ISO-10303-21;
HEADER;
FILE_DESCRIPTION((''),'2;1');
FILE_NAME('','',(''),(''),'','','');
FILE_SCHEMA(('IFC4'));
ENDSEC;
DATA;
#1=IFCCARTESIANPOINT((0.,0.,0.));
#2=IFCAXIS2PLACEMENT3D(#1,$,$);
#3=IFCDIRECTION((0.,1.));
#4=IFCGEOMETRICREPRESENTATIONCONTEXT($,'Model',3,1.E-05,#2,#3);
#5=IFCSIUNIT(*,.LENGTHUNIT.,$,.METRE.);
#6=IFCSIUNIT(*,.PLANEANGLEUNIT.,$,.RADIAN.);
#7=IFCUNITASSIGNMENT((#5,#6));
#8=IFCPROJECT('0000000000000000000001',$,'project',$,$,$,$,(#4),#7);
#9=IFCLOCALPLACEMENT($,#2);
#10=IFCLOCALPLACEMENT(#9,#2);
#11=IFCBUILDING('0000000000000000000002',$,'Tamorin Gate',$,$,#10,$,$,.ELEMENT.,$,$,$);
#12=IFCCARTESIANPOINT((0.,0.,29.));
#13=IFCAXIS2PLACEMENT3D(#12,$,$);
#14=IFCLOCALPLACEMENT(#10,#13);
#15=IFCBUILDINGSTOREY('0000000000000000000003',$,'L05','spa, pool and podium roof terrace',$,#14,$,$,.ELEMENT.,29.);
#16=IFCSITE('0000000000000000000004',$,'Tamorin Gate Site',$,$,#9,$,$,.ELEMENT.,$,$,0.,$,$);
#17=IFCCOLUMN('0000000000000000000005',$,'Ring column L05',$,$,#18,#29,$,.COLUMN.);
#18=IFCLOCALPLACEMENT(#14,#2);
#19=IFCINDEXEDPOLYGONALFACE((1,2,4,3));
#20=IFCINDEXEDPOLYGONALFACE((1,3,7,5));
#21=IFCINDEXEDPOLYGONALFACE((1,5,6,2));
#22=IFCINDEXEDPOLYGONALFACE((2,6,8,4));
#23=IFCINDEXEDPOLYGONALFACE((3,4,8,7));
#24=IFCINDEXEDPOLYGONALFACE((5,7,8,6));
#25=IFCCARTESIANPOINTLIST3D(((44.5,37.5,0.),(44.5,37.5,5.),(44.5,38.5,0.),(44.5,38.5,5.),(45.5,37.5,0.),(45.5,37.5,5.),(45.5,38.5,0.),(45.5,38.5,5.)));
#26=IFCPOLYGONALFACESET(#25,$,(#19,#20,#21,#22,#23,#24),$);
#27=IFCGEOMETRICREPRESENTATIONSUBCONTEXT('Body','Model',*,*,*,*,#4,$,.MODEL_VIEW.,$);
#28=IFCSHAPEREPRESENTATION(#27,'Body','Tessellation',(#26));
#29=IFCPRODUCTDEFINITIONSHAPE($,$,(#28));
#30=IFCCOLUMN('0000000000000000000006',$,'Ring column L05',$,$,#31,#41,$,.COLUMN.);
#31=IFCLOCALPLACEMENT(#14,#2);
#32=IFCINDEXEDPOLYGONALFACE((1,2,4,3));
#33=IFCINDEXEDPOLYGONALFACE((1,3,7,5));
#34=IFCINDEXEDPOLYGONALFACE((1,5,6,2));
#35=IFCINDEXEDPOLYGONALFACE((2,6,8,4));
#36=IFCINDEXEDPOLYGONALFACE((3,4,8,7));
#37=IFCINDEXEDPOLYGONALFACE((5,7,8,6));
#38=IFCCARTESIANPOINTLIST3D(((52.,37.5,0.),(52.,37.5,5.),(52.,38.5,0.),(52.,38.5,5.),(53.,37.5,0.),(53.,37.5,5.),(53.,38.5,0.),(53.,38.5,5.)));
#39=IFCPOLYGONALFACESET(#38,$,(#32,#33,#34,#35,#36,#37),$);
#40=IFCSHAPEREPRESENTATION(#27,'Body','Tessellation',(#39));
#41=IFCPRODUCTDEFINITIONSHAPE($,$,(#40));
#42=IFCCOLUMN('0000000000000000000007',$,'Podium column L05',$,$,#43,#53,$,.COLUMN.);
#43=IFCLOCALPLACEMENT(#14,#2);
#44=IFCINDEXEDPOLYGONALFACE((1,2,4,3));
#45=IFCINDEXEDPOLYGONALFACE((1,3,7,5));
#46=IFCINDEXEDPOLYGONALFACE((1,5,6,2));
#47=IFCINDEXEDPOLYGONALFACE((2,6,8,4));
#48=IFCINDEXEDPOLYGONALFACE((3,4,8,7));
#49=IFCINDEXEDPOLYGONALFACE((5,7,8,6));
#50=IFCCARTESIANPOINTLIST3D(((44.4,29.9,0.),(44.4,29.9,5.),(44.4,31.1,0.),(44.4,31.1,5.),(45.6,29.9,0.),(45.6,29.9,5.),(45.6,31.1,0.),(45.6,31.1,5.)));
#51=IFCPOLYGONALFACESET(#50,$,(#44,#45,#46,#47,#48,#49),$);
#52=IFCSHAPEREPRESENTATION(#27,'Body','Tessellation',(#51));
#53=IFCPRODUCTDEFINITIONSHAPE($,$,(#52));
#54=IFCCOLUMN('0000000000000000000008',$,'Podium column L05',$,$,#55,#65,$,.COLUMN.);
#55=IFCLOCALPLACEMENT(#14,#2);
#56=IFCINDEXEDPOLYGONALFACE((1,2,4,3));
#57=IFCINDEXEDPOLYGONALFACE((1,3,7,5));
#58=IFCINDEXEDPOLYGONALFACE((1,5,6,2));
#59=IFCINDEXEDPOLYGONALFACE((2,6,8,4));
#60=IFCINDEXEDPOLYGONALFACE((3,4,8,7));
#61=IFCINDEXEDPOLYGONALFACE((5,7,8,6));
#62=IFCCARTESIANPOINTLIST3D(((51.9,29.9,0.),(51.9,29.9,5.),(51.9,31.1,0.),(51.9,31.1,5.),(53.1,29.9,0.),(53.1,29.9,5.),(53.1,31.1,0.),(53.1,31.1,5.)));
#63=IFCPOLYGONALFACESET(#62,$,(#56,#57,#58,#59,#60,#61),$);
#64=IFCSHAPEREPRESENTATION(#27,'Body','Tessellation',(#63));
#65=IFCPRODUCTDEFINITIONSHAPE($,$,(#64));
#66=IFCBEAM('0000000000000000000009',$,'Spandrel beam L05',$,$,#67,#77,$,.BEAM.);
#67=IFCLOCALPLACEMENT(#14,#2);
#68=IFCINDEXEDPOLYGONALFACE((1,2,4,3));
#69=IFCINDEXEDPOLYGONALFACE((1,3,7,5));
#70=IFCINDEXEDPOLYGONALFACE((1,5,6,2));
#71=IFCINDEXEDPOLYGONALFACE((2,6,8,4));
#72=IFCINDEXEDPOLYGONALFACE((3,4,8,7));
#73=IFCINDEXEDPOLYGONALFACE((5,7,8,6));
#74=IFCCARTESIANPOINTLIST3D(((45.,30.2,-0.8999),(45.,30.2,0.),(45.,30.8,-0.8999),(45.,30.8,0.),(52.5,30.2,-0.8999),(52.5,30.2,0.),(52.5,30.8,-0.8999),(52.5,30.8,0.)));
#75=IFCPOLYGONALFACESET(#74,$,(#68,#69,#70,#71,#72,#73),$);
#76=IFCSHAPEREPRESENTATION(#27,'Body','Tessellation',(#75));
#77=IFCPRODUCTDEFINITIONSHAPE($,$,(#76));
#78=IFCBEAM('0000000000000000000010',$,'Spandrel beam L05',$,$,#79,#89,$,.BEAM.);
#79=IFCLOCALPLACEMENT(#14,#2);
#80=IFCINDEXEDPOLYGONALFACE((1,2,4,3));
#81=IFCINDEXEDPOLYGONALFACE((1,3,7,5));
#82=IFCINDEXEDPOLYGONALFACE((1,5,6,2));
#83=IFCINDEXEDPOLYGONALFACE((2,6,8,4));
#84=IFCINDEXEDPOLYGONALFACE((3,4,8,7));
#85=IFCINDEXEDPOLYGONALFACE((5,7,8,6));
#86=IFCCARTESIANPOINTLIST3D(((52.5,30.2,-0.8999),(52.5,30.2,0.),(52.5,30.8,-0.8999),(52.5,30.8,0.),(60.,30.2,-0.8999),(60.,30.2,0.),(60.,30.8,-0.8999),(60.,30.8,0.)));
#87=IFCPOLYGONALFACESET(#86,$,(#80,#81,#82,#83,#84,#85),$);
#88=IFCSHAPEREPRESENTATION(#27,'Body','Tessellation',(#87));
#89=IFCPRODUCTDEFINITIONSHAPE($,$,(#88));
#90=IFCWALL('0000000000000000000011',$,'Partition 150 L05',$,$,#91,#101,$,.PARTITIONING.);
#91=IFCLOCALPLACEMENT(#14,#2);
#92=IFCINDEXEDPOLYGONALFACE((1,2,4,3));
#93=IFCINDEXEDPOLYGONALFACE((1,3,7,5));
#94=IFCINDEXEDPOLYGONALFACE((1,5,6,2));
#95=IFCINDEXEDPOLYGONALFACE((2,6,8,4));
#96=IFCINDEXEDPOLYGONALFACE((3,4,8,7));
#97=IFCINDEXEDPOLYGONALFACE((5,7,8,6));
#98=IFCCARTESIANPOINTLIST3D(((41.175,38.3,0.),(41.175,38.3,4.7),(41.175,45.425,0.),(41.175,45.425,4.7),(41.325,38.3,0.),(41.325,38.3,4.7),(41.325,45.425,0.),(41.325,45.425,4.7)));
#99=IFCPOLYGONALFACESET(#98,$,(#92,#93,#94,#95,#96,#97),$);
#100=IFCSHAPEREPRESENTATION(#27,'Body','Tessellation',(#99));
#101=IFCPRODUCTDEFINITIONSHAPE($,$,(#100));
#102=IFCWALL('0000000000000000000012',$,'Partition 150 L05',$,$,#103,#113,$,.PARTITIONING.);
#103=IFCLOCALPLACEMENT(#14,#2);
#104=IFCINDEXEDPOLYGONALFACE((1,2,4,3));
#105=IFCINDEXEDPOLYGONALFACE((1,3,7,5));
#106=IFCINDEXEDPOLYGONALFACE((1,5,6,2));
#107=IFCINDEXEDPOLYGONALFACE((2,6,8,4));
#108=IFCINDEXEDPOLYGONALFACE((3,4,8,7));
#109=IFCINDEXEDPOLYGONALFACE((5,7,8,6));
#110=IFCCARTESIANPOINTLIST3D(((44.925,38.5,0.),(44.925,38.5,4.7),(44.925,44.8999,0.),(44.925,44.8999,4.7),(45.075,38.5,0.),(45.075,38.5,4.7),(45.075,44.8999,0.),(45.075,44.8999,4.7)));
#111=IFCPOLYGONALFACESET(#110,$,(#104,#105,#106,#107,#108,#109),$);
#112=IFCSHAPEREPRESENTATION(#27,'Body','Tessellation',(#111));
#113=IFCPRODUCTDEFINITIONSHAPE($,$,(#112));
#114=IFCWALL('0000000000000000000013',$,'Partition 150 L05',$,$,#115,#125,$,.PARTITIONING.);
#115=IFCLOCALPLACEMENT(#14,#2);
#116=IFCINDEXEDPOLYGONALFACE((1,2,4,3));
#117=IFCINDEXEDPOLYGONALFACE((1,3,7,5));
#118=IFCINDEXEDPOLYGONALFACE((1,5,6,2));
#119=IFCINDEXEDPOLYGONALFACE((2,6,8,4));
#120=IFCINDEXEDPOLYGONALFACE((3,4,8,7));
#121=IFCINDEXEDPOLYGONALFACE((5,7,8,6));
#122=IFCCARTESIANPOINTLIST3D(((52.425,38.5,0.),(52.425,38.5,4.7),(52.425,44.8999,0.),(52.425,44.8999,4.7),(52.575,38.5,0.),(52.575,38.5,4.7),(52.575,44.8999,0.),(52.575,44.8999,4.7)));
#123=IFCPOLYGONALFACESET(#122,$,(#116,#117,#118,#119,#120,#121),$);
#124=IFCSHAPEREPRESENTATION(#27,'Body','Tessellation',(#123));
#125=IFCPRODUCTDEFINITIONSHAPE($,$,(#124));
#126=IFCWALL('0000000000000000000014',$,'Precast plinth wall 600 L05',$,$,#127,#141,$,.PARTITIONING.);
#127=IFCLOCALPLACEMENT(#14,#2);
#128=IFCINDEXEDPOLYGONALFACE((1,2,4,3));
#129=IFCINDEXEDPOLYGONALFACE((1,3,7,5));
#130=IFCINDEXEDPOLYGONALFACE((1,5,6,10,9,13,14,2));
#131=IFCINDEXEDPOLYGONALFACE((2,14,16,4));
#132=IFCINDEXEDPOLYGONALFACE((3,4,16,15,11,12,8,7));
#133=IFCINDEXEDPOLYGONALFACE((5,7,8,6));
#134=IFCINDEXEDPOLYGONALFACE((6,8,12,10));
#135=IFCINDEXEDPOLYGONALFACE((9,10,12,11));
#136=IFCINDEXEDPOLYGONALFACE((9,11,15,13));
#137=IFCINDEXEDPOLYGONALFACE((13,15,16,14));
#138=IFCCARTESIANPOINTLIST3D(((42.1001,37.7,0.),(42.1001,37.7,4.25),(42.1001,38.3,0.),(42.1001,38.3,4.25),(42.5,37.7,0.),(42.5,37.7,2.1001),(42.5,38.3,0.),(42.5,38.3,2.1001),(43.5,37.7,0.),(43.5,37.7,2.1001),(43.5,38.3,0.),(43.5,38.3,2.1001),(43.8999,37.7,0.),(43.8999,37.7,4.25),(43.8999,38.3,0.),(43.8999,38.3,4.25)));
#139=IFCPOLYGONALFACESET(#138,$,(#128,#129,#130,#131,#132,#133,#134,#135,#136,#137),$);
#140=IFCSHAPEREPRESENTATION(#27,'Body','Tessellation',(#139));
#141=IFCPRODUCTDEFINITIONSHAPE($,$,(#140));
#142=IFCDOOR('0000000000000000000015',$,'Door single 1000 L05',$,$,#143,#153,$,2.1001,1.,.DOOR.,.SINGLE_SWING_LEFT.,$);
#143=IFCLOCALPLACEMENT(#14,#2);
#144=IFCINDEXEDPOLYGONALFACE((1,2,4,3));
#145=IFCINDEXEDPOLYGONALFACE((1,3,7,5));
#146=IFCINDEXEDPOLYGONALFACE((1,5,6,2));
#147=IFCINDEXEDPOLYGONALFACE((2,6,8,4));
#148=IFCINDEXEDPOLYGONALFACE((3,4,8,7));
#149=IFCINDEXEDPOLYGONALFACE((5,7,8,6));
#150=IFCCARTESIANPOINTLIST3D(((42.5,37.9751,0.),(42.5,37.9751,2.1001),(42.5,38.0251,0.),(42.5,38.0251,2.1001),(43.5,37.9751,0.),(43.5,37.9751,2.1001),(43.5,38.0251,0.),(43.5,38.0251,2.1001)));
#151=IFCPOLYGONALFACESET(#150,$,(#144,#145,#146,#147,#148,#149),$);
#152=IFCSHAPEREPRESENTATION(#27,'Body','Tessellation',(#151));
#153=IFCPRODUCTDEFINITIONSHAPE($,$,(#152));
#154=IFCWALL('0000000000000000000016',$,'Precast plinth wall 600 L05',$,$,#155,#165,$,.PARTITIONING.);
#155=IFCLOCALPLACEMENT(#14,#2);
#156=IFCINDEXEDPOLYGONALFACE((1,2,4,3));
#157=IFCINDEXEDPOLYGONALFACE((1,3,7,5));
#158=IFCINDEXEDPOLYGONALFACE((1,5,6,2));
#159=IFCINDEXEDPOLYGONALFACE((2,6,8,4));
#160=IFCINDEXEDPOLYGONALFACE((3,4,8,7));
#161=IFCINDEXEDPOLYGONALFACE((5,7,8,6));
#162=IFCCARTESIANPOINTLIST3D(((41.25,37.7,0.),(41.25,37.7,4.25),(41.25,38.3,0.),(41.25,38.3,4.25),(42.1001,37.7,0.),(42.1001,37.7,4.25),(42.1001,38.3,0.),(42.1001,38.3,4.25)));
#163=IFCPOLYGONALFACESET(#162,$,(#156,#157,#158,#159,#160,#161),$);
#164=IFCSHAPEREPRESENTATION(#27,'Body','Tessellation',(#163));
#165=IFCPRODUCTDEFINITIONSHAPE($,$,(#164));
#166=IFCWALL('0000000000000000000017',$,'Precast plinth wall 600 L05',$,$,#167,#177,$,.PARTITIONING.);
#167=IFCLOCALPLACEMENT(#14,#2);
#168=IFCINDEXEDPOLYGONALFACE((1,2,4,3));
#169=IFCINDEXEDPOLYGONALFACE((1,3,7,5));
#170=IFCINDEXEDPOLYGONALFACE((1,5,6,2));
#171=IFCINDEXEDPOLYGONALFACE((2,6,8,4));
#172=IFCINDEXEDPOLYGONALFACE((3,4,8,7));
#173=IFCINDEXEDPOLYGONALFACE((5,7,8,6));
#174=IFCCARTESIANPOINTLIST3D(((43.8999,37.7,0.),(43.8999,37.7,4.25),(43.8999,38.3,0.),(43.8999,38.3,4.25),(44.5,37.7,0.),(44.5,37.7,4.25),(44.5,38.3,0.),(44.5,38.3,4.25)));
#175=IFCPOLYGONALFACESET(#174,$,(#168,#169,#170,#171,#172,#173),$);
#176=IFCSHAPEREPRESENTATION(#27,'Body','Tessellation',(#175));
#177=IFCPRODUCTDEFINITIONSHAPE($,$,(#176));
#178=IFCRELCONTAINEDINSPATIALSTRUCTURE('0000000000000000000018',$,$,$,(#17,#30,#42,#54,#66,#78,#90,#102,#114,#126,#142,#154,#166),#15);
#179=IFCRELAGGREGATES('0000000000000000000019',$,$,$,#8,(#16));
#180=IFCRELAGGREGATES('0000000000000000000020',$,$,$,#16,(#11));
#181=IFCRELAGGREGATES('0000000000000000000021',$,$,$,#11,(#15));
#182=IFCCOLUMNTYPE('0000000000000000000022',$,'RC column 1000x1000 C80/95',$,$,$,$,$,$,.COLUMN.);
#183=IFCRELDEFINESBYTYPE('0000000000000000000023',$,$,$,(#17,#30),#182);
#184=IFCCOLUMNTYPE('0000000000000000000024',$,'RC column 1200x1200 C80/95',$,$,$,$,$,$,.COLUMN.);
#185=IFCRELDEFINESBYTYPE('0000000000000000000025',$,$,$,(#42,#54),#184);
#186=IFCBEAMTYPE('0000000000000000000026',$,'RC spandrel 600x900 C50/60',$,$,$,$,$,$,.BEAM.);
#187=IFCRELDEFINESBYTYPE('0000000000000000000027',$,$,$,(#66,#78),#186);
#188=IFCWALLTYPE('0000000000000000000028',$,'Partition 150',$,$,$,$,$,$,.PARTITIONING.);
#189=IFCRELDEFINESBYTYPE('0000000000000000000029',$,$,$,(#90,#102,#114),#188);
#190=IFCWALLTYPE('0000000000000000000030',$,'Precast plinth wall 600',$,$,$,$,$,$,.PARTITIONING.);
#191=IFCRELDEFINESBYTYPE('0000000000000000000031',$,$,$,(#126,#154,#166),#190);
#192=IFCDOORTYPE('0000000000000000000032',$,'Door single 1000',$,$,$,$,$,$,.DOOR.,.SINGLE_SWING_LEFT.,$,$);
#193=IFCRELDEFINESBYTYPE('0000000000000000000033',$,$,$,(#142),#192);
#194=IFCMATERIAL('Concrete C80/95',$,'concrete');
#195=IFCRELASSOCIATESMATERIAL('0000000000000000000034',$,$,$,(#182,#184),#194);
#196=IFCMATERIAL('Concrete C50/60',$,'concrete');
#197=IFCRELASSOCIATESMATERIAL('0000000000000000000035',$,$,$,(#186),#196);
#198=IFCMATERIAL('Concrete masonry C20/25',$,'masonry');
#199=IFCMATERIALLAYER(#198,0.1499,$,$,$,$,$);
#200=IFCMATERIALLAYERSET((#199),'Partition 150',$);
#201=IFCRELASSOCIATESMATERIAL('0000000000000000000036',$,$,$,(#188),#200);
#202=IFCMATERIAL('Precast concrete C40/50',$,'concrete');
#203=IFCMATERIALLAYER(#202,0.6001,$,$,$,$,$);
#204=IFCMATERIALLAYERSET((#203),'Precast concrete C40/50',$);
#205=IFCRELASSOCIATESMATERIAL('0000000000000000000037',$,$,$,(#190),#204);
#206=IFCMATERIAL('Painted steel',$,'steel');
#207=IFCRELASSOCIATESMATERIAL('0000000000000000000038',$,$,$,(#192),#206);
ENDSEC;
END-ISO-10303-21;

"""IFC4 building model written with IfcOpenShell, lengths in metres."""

from ifc_helpers import new_model, si_unit, direction, frame, frame_2d, origin, origin_2d, place, context, subcontext, project, spatial, rectangle, extrude, material, layer, layer_set, material_profile, profile_set, type_object, element, fill, save


model = new_model("IFC4")

# Units and contexts
model_context = context("Model", 3, precision=1e-05, world=origin(), true_north=direction((0.0, 1.0)))
body_context = subcontext(model_context, "Body", "Model", "MODEL_VIEW")
ifc_project = project(units=[si_unit("LENGTHUNIT", "METRE"), si_unit("PLANEANGLEUNIT", "RADIAN")], contexts=[model_context])

# Site, building, storey
site_placement = place(None, origin())
site = spatial("IfcSite", under=ifc_project, at=site_placement, Name="Tamorin Gate Site", CompositionType="ELEMENT", RefElevation=0.0)
building_placement = place(site_placement, origin())
building = spatial("IfcBuilding", under=site, at=building_placement, Name="Tamorin Gate", CompositionType="ELEMENT")
storey_placement = place(building_placement, frame((0.0, 0.0, 29.0)))
storey = spatial("IfcBuildingStorey", under=building, at=storey_placement, Name="L05", Description="spa, pool and podium roof terrace", CompositionType="ELEMENT", Elevation=29.0)

# Columns
ifc_material_1 = material(Name="Concrete C80/95", Category="concrete")
ifc_material_profile_1 = material_profile(ifc_material_1, rectangle(XDim=1.0, YDim=1.0, at=origin_2d()), Name="RC 1000x1000")
ifc_profile_set_1 = profile_set([ifc_material_profile_1], Name="Concrete C80/95")
column_type_1 = type_object("IfcColumnType", Name="RC column 1000x1000 C80/95", PredefinedType="COLUMN", material=ifc_profile_set_1)
for number, where, z_axis, x_axis, name in (
    (1, (45.0, 38.0, 0.0), (0.0, 0.0, 1.0), (1.0, 0.0, 0.0), "Ring column L05"),
    (2, (52.5, 38.0, 0.0), (0.0, 0.0, 1.0), (1.0, 0.0, 0.0), "Ring column L05"),
):
    element("IfcColumn", number, at=place(storey_placement, frame(where, z_axis=z_axis, x_axis=x_axis)), inside=storey, type_object=column_type_1, Name=name, PredefinedType="COLUMN", context=body_context, shape_type="SweptSolid", body=[
        extrude(rectangle(XDim=1.0, YDim=1.0, at=origin_2d()), origin(), (0.0, 0.0, 1.0), 5.0),
    ])
ifc_material_profile_2 = material_profile(ifc_material_1, rectangle(XDim=1.2, YDim=1.2, at=origin_2d()), Name="RC 1200x1200")
ifc_profile_set_2 = profile_set([ifc_material_profile_2], Name="Concrete C80/95")
column_type_2 = type_object("IfcColumnType", Name="RC column 1200x1200 C80/95", PredefinedType="COLUMN", material=ifc_profile_set_2)
for number, where, z_axis, x_axis, name in (
    (3, (45.0, 30.5, 0.0), (0.0, 0.0, 1.0), (1.0, 0.0, 0.0), "Podium column L05"),
    (4, (52.5, 30.5, 0.0), (0.0, 0.0, 1.0), (1.0, 0.0, 0.0), "Podium column L05"),
):
    element("IfcColumn", number, at=place(storey_placement, frame(where, z_axis=z_axis, x_axis=x_axis)), inside=storey, type_object=column_type_2, Name=name, PredefinedType="COLUMN", context=body_context, shape_type="SweptSolid", body=[
        extrude(rectangle(XDim=1.2, YDim=1.2, at=origin_2d()), origin(), (0.0, 0.0, 1.0), 5.0),
    ])

# Beams
ifc_material_2 = material(Name="Concrete C50/60", Category="concrete")
ifc_material_profile_3 = material_profile(ifc_material_2, rectangle(XDim=0.6001, YDim=0.8999, at=origin_2d()), Name="RC 600x900")
ifc_profile_set_3 = profile_set([ifc_material_profile_3], Name="Concrete C50/60")
beam_type = type_object("IfcBeamType", Name="RC spandrel 600x900 C50/60", PredefinedType="BEAM", material=ifc_profile_set_3)
for number, where, z_axis, x_axis, name in (
    (5, (45.0, 30.5, -0.45), (1.0, 0.0, 0.0), (0.0, 1.0, 0.0), "Spandrel beam L05"),
    (6, (52.5, 30.5, -0.45), (1.0, 0.0, 0.0), (0.0, 1.0, 0.0), "Spandrel beam L05"),
):
    element("IfcBeam", number, at=place(storey_placement, frame(where, z_axis=z_axis, x_axis=x_axis)), inside=storey, type_object=beam_type, Name=name, PredefinedType="BEAM", context=body_context, shape_type="SweptSolid", body=[
        extrude(rectangle(XDim=0.6001, YDim=0.8999, at=origin_2d()), origin(), (0.0, 0.0, 1.0), 7.5),
    ])

# Walls
ifc_material_3 = material(Name="Concrete masonry C20/25", Category="masonry")
ifc_layer_1 = layer(ifc_material_3, 0.1499)
ifc_layer_set_1 = layer_set([ifc_layer_1], Name="Partition 150")
wall_type_1 = type_object("IfcWallType", Name="Partition 150", PredefinedType="PARTITIONING", material=ifc_layer_set_1)
wall_1_placement = place(storey_placement, frame((41.25, 38.3, 0.0), z_axis=(0.0, 0.0, 1.0), x_axis=(0.0, 1.0, 0.0)))
element("IfcWall", 7, at=wall_1_placement, inside=storey, type_object=wall_type_1, Name="Partition 150 L05", PredefinedType="PARTITIONING", context=body_context, shape_type="SweptSolid", body=[
    extrude(rectangle(XDim=7.125, YDim=0.1499, at=frame_2d((3.5625, 0.0))), origin(), (0.0, 0.0, 1.0), 4.7),
])
for number, where, z_axis, x_axis, name in (
    (8, (45.0, 38.5, 0.0), (0.0, 0.0, 1.0), (0.0, 1.0, 0.0), "Partition 150 L05"),
    (9, (52.5, 38.5, 0.0), (0.0, 0.0, 1.0), (0.0, 1.0, 0.0), "Partition 150 L05"),
):
    element("IfcWall", number, at=place(storey_placement, frame(where, z_axis=z_axis, x_axis=x_axis)), inside=storey, type_object=wall_type_1, Name=name, PredefinedType="PARTITIONING", context=body_context, shape_type="SweptSolid", body=[
        extrude(rectangle(XDim=6.3999, YDim=0.1499, at=frame_2d((3.2, 0.0))), origin(), (0.0, 0.0, 1.0), 4.7),
    ])

# Wall, opening, door
ifc_material_4 = material(Name="Precast concrete C40/50", Category="concrete")
ifc_layer_2 = layer(ifc_material_4, 0.6001)
ifc_layer_set_2 = layer_set([ifc_layer_2], Name="Precast concrete C40/50")
wall_type_2 = type_object("IfcWallType", Name="Precast plinth wall 600", PredefinedType="PARTITIONING", material=ifc_layer_set_2)
wall_2_placement = place(storey_placement, frame((43.8999, 38.0, 0.0), z_axis=(0.0, 0.0, 1.0), x_axis=(-1.0, 0.0, 0.0)))
wall_2 = element("IfcWall", 10, at=wall_2_placement, inside=storey, type_object=wall_type_2, Name="Precast plinth wall 600 L05", PredefinedType="PARTITIONING", context=body_context, shape_type="SweptSolid", body=[
    extrude(rectangle(XDim=1.7998, YDim=0.6001, at=frame_2d((0.8999, 0.0))), origin(), (0.0, 0.0, 1.0), 4.25),
])
opening_1_placement = place(wall_2_placement, frame((0.3999, 0.0, 0.0)))
opening_1 = element("IfcOpeningElement", 11, at=opening_1_placement, cuts=wall_2, PredefinedType="OPENING", context=body_context, shape_type="SweptSolid", body=[
    extrude(rectangle(XDim=1.0, YDim=2.1001, at=frame_2d((0.5, 1.05))), frame((0.0, 0.3101, 0.0), z_axis=(0.0, -1.0, 0.0), x_axis=(1.0, 0.0, 0.0)), (0.0, 0.0, 1.0), 0.6201),
])
ifc_material_5 = material(Name="Painted steel", Category="steel")
door_type = type_object("IfcDoorType", Name="Door single 1000", OperationType="SINGLE_SWING_LEFT", PredefinedType="DOOR", material=ifc_material_5)
door_1_placement = place(opening_1_placement, origin())
door_1 = element("IfcDoor", 12, at=door_1_placement, inside=storey, type_object=door_type, Name="Door single 1000 L05", OperationType="SINGLE_SWING_LEFT", OverallHeight=2.1001, OverallWidth=1.0, PredefinedType="DOOR", context=body_context, shape_type="SweptSolid", body=[
    extrude(rectangle(XDim=1.0, YDim=2.1001, at=frame_2d((0.5, 1.05))), frame((0.0, 0.0249, 0.0), z_axis=(0.0, -1.0, 0.0), x_axis=(1.0, 0.0, 0.0)), (0.0, 0.0, 1.0), 0.05),
])
fill(opening_1, door_1)

# Walls
wall_3_placement = place(storey_placement, frame((41.25, 38.0, 0.0), z_axis=(0.0, 0.0, 1.0), x_axis=(1.0, 0.0, 0.0)))
element("IfcWall", 13, at=wall_3_placement, inside=storey, type_object=wall_type_2, Name="Precast plinth wall 600 L05", PredefinedType="PARTITIONING", context=body_context, shape_type="SweptSolid", body=[
    extrude(rectangle(XDim=0.8501, YDim=0.6001, at=frame_2d((0.425, 0.0))), origin(), (0.0, 0.0, 1.0), 4.25),
])
wall_4_placement = place(storey_placement, frame((43.8999, 38.0, 0.0), z_axis=(0.0, 0.0, 1.0), x_axis=(1.0, 0.0, 0.0)))
element("IfcWall", 14, at=wall_4_placement, inside=storey, type_object=wall_type_2, Name="Precast plinth wall 600 L05", PredefinedType="PARTITIONING", context=body_context, shape_type="SweptSolid", body=[
    extrude(rectangle(XDim=0.6001, YDim=0.6001, at=frame_2d((0.3, 0.0))), origin(), (0.0, 0.0, 1.0), 4.25),
])

save(model, "model.ifc")
